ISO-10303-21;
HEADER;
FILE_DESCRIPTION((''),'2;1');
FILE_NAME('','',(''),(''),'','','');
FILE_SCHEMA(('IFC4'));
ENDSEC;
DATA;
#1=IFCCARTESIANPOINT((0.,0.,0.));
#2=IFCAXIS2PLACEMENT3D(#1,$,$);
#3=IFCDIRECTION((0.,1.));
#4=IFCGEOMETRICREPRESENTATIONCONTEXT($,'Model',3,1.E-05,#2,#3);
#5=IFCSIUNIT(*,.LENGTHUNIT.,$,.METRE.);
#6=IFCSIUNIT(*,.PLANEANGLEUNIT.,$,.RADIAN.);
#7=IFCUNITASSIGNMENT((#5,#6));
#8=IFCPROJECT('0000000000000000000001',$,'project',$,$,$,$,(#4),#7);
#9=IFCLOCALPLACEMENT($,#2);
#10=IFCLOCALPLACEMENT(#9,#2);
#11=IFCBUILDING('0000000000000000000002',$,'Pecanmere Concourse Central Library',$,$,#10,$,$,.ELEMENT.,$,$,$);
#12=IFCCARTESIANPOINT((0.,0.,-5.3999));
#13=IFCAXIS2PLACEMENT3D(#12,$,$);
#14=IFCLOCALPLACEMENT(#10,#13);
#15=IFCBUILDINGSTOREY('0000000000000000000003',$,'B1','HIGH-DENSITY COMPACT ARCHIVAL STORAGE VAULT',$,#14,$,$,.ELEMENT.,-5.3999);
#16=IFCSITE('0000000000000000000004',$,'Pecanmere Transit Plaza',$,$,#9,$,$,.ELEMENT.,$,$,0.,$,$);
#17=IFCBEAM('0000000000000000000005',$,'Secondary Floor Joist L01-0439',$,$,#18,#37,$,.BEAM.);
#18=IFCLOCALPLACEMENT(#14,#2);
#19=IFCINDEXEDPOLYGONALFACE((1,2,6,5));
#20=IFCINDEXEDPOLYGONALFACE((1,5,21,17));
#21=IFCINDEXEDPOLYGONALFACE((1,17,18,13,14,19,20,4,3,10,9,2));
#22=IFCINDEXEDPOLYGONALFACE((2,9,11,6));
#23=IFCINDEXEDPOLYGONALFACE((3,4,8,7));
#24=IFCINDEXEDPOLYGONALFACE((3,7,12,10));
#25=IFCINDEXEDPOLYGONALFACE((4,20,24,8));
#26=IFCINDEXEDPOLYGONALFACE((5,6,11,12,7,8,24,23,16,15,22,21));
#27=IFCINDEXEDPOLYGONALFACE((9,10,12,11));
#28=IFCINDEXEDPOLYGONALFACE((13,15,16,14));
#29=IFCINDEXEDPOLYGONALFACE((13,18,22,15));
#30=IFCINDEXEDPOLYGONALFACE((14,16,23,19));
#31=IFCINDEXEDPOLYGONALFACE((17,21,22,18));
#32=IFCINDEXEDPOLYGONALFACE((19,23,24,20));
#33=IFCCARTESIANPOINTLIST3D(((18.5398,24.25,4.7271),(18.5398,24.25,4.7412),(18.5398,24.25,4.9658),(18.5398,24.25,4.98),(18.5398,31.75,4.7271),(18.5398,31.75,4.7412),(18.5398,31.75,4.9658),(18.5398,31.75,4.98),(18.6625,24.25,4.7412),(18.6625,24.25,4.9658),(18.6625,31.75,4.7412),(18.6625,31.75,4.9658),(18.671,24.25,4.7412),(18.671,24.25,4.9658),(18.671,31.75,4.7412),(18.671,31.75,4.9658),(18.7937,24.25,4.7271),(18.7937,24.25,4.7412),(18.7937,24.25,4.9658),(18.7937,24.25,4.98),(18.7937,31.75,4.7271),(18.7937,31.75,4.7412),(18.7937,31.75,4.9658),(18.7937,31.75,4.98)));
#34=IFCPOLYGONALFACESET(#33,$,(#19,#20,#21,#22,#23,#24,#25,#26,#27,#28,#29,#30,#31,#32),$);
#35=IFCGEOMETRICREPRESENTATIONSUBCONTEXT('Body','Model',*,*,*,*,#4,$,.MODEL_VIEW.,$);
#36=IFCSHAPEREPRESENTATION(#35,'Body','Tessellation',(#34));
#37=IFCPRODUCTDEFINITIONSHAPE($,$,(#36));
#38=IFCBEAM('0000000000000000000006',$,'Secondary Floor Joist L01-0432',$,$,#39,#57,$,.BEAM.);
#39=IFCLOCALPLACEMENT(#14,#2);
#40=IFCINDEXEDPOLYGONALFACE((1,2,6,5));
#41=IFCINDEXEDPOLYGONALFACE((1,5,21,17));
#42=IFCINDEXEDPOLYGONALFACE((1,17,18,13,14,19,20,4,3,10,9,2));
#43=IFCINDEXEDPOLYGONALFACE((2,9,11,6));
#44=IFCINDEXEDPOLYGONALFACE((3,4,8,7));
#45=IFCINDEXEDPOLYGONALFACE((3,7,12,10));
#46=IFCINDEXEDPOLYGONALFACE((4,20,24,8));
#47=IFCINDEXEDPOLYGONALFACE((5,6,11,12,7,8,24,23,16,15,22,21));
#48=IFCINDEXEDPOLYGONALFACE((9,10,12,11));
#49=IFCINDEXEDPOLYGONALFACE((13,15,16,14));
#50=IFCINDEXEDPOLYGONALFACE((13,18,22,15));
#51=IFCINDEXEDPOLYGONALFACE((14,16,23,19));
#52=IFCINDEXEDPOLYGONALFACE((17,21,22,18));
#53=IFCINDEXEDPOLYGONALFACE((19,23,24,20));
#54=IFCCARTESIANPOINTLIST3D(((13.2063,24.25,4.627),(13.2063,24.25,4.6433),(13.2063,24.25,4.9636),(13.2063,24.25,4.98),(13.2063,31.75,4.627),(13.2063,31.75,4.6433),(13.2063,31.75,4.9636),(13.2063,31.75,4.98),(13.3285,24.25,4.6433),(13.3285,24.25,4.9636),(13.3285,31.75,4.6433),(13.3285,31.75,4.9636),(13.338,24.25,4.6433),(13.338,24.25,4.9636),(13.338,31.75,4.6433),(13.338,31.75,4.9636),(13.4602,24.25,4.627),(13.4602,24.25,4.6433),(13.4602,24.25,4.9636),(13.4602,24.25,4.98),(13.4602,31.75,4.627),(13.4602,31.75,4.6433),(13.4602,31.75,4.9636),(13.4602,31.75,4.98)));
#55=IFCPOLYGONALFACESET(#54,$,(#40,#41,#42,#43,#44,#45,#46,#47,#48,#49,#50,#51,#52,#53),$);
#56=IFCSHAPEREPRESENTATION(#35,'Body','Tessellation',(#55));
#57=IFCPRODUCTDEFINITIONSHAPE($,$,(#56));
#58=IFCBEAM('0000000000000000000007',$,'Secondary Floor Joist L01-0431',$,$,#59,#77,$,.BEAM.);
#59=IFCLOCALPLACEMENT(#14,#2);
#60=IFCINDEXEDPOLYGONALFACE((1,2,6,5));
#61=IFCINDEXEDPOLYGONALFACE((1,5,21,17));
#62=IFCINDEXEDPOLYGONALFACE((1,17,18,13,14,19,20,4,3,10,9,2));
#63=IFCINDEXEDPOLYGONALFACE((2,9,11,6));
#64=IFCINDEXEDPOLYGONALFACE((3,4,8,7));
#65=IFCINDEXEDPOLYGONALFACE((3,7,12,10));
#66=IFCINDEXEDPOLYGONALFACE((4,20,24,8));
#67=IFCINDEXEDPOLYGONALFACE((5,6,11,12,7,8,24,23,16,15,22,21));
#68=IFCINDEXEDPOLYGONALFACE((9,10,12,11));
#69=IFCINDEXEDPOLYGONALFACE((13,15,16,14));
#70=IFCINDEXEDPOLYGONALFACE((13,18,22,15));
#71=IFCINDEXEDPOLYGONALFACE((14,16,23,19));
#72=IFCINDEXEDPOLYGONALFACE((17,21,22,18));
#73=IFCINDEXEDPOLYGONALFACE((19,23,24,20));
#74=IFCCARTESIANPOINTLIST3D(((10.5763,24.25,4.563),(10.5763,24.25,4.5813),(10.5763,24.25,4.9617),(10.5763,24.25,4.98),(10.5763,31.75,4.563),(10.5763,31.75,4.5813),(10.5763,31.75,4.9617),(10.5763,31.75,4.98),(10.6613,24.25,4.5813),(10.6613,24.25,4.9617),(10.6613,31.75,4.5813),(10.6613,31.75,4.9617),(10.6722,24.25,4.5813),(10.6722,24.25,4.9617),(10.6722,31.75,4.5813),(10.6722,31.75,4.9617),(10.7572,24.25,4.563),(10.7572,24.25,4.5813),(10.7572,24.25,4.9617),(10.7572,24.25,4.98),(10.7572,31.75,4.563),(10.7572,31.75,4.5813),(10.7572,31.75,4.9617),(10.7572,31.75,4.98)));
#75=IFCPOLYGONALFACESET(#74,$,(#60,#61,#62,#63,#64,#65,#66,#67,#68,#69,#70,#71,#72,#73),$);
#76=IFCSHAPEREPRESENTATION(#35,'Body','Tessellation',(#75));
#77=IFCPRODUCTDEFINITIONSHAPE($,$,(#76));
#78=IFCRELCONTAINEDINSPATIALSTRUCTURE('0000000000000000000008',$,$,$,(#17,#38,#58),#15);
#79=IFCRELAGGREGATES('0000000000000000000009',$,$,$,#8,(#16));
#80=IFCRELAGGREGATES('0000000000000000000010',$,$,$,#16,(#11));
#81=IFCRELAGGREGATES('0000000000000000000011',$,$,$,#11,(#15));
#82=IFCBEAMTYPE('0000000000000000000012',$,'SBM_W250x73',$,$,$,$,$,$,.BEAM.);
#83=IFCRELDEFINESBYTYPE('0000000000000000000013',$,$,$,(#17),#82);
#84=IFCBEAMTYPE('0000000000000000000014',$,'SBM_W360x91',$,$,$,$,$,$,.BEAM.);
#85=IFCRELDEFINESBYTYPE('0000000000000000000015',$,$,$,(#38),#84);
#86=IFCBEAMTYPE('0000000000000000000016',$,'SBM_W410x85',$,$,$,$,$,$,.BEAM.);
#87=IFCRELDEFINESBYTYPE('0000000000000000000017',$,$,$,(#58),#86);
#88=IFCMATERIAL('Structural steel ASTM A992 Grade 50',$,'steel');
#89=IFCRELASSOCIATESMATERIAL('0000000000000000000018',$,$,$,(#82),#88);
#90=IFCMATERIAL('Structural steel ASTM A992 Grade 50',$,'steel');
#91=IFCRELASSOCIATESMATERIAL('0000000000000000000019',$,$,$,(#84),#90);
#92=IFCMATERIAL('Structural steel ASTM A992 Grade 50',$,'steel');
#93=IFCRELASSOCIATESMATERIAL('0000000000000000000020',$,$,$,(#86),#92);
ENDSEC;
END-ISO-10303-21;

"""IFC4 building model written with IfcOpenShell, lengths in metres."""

from ifc_helpers import new_model, si_unit, direction, frame, origin, origin_2d, place, context, subcontext, project, spatial, i_section, extrude, material, material_profile, profile_set, type_object, element, save


model = new_model("IFC4")

# Units and contexts
model_context = context("Model", 3, precision=1e-05, world=origin(), true_north=direction((0.0, 1.0)))
body_context = subcontext(model_context, "Body", "Model", "MODEL_VIEW")
ifc_project = project(units=[si_unit("LENGTHUNIT", "METRE"), si_unit("PLANEANGLEUNIT", "RADIAN")], contexts=[model_context])

# Site, building, storey
site_placement = place(None, origin())
site = spatial("IfcSite", under=ifc_project, at=site_placement, Name="Pecanmere Transit Plaza", CompositionType="ELEMENT", RefElevation=0.0)
building_placement = place(site_placement, origin())
building = spatial("IfcBuilding", under=site, at=building_placement, Name="Pecanmere Concourse Central Library", CompositionType="ELEMENT")
storey_placement = place(building_placement, frame((0.0, 0.0, -5.3999)))
storey = spatial("IfcBuildingStorey", under=building, at=storey_placement, Name="B1", Description="HIGH-DENSITY COMPACT ARCHIVAL STORAGE VAULT", CompositionType="ELEMENT", Elevation=-5.3999)

# Beams
ifc_material_1 = material(Name="Structural steel ASTM A992 Grade 50", Category="steel")
ifc_material_profile_1 = material_profile(ifc_material_1, i_section(OverallWidth=0.2539, OverallDepth=0.2529, WebThickness=0.0085, FlangeThickness=0.0142, at=origin_2d()), Name="W250x73")
ifc_profile_set_1 = profile_set([ifc_material_profile_1], Name="Structural steel ASTM A992 Grade 50")
beam_type_1 = type_object("IfcBeamType", Name="SBM_W250x73", PredefinedType="BEAM", material=ifc_profile_set_1)
beam_1_placement = place(storey_placement, frame((18.6667, 24.25, 4.8535), z_axis=(0.0, 1.0, 0.0), x_axis=(-1.0, 0.0, 0.0)))
element("IfcBeam", 1, at=beam_1_placement, inside=storey, type_object=beam_type_1, Name="Secondary Floor Joist L01-0439", PredefinedType="BEAM", context=body_context, shape_type="SweptSolid", body=[
    extrude(i_section(OverallWidth=0.2539, OverallDepth=0.2529, WebThickness=0.0085, FlangeThickness=0.0142, at=origin_2d()), origin(), (0.0, 0.0, 1.0), 7.5),
])
ifc_material_2 = material(Name="Structural steel ASTM A992 Grade 50", Category="steel")
ifc_material_profile_2 = material_profile(ifc_material_2, i_section(OverallWidth=0.2539, OverallDepth=0.353, WebThickness=0.0095, FlangeThickness=0.0164, at=origin_2d()), Name="W360x91")
ifc_profile_set_2 = profile_set([ifc_material_profile_2], Name="Structural steel ASTM A992 Grade 50")
beam_type_2 = type_object("IfcBeamType", Name="SBM_W360x91", PredefinedType="BEAM", material=ifc_profile_set_2)
beam_2_placement = place(storey_placement, frame((13.3333, 24.25, 4.8035), z_axis=(0.0, 1.0, 0.0), x_axis=(-1.0, 0.0, 0.0)))
element("IfcBeam", 2, at=beam_2_placement, inside=storey, type_object=beam_type_2, Name="Secondary Floor Joist L01-0432", PredefinedType="BEAM", context=body_context, shape_type="SweptSolid", body=[
    extrude(i_section(OverallWidth=0.2539, OverallDepth=0.353, WebThickness=0.0095, FlangeThickness=0.0164, at=origin_2d()), origin(), (0.0, 0.0, 1.0), 7.5),
])
ifc_material_3 = material(Name="Structural steel ASTM A992 Grade 50", Category="steel")
ifc_material_profile_3 = material_profile(ifc_material_3, i_section(OverallWidth=0.1809, OverallDepth=0.417, WebThickness=0.011, FlangeThickness=0.0183, at=origin_2d()), Name="W410x85")
ifc_profile_set_3 = profile_set([ifc_material_profile_3], Name="Structural steel ASTM A992 Grade 50")
beam_type_3 = type_object("IfcBeamType", Name="SBM_W410x85", PredefinedType="BEAM", material=ifc_profile_set_3)
beam_3_placement = place(storey_placement, frame((10.6667, 24.25, 4.7715), z_axis=(0.0, 1.0, 0.0), x_axis=(-1.0, 0.0, 0.0)))
element("IfcBeam", 3, at=beam_3_placement, inside=storey, type_object=beam_type_3, Name="Secondary Floor Joist L01-0431", PredefinedType="BEAM", context=body_context, shape_type="SweptSolid", body=[
    extrude(i_section(OverallWidth=0.1809, OverallDepth=0.417, WebThickness=0.011, FlangeThickness=0.0183, at=origin_2d()), origin(), (0.0, 0.0, 1.0), 7.5),
])

save(model, "model.ifc")
